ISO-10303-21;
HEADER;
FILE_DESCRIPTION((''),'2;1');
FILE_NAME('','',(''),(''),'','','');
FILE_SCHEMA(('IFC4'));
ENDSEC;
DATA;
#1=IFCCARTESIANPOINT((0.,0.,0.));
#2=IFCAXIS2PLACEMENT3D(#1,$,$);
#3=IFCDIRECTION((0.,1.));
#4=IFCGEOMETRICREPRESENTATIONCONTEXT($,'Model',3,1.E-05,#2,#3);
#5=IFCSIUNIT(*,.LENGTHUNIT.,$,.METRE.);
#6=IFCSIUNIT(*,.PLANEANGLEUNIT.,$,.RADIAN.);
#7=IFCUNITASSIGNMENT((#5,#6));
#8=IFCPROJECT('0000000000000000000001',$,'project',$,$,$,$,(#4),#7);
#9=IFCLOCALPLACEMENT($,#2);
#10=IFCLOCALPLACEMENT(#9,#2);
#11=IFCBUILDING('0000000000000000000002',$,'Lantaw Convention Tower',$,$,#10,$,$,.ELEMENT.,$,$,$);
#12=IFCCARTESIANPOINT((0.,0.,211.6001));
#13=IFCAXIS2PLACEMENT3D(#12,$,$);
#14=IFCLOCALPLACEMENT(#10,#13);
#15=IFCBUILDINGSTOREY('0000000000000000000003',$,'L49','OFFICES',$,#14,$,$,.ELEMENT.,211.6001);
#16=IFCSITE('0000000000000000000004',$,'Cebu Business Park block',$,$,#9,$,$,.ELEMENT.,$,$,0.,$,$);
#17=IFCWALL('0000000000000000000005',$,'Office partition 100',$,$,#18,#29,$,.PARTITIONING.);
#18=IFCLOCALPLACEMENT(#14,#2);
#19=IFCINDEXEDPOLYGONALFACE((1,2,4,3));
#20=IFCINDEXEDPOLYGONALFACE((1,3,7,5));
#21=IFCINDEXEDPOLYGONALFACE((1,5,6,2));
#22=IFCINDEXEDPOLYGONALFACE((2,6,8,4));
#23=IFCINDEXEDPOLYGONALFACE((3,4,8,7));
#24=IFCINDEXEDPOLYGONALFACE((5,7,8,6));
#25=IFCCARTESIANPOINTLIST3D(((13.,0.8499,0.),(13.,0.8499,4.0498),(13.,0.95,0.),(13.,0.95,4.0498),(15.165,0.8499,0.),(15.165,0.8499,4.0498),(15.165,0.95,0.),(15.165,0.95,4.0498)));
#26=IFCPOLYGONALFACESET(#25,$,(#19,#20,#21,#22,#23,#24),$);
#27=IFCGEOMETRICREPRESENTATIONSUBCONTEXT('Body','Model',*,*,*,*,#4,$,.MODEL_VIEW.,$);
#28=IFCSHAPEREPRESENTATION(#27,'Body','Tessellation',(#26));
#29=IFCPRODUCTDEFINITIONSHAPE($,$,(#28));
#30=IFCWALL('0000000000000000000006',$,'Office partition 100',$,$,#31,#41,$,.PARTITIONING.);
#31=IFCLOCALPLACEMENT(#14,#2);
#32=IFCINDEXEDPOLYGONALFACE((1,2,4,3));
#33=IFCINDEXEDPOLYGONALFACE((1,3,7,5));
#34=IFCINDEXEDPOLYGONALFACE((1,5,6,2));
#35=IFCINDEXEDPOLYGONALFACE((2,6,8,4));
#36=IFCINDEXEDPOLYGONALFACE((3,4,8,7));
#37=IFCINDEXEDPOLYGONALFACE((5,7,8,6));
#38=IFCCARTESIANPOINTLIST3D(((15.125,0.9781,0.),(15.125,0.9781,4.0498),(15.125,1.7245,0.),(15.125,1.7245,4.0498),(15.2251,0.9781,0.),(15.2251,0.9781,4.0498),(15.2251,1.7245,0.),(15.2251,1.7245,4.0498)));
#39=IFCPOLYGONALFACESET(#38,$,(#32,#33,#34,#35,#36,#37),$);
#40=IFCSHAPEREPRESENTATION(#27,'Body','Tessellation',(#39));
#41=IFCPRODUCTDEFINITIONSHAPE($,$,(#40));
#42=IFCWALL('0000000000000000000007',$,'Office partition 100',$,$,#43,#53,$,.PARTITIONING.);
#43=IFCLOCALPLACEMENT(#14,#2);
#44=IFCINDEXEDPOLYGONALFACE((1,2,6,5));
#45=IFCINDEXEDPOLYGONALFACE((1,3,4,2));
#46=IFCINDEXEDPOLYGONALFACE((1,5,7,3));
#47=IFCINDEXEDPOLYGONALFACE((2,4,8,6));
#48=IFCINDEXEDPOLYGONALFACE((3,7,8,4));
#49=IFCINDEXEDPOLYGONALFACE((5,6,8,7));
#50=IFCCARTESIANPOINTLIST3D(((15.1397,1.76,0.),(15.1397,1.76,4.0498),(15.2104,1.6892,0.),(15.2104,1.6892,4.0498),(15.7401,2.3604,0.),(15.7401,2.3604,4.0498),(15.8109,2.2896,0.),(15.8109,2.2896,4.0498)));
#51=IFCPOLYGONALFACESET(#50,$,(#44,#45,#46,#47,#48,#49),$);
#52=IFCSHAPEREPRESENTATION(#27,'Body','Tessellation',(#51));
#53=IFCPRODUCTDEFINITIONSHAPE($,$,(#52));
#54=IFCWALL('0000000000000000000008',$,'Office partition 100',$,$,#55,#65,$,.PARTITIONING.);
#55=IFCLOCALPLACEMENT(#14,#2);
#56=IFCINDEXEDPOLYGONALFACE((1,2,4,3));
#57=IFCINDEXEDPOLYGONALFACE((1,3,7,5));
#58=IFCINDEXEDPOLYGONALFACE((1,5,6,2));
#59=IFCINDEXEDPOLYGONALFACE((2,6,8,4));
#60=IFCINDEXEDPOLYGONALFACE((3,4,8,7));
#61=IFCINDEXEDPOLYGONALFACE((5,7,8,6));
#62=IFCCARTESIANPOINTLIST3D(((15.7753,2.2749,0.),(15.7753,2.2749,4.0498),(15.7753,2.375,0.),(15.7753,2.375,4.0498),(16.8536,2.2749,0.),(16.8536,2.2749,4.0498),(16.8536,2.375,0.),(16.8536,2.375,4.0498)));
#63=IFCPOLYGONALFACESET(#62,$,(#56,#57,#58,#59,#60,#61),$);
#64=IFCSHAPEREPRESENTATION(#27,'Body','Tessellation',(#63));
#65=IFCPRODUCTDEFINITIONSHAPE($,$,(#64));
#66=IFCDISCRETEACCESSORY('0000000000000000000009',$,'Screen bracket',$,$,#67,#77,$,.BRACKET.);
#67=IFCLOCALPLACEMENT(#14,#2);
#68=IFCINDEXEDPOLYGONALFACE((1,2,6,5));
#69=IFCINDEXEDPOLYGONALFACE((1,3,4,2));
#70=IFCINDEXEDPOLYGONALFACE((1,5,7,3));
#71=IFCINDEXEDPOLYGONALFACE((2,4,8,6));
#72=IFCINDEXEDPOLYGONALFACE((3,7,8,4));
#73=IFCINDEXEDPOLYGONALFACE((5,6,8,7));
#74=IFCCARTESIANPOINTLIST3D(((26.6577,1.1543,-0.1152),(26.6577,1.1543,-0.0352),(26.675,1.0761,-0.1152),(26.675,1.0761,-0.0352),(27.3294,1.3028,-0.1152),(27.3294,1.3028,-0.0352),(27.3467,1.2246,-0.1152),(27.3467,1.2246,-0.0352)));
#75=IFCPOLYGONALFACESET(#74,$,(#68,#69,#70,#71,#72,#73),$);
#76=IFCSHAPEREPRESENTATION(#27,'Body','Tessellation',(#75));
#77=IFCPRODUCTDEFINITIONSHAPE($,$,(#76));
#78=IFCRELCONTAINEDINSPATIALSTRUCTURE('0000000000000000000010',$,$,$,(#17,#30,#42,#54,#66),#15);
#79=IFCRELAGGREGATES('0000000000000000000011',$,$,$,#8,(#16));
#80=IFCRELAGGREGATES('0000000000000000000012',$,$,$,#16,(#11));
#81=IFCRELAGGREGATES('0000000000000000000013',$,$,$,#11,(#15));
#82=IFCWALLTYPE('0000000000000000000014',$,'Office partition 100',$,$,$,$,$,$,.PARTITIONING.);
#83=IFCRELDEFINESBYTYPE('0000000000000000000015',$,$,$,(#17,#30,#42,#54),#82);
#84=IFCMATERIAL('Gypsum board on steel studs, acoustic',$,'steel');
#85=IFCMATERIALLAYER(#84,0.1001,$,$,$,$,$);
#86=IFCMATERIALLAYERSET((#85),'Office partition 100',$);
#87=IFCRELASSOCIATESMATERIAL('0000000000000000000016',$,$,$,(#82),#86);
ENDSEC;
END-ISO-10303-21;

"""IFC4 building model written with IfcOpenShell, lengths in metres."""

from ifc_helpers import new_model, si_unit, direction, frame, frame_2d, origin, origin_2d, place, context, subcontext, project, spatial, rectangle, extrude, material, layer, layer_set, type_object, element, save


model = new_model("IFC4")

# Units and contexts
model_context = context("Model", 3, precision=1e-05, world=origin(), true_north=direction((0.0, 1.0)))
body_context = subcontext(model_context, "Body", "Model", "MODEL_VIEW")
ifc_project = project(units=[si_unit("LENGTHUNIT", "METRE"), si_unit("PLANEANGLEUNIT", "RADIAN")], contexts=[model_context])

# Site, building, storey
site_placement = place(None, origin())
site = spatial("IfcSite", under=ifc_project, at=site_placement, Name="Cebu Business Park block", CompositionType="ELEMENT", RefElevation=0.0)
building_placement = place(site_placement, origin())
building = spatial("IfcBuilding", under=site, at=building_placement, Name="Lantaw Convention Tower", CompositionType="ELEMENT")
storey_placement = place(building_placement, frame((0.0, 0.0, 211.6001)))
storey = spatial("IfcBuildingStorey", under=building, at=storey_placement, Name="L49", Description="OFFICES", CompositionType="ELEMENT", Elevation=211.6001)

# Walls
ifc_material_1 = material(Name="Gypsum board on steel studs, acoustic", Category="steel")
ifc_layer_1 = layer(ifc_material_1, 0.1001)
ifc_layer_set_1 = layer_set([ifc_layer_1], Name="Office partition 100")
wall_type_1 = type_object("IfcWallType", Name="Office partition 100", PredefinedType="PARTITIONING", material=ifc_layer_set_1)
wall_1_placement = place(storey_placement, frame((15.165, 0.8999, 0.0), z_axis=(0.0, 0.0, 1.0), x_axis=(-1.0, 0.0, 0.0)))
element("IfcWall", 1, at=wall_1_placement, inside=storey, type_object=wall_type_1, Name="Office partition 100", PredefinedType="PARTITIONING", context=body_context, shape_type="SweptSolid", body=[
    extrude(rectangle(XDim=2.165, YDim=0.1001, at=frame_2d((1.0825, 0.0))), origin(), (0.0, 0.0, 1.0), 4.0498),
])
wall_2_placement = place(storey_placement, frame((15.175, 0.9783, 0.0), z_axis=(0.0, 0.0, 1.0), x_axis=(0.0, 1.0, 0.0)))
element("IfcWall", 2, at=wall_2_placement, inside=storey, type_object=wall_type_1, Name="Office partition 100", PredefinedType="PARTITIONING", context=body_context, shape_type="SweptSolid", body=[
    extrude(rectangle(XDim=0.7463, YDim=0.1001, at=frame_2d((0.373, 0.0))), origin(), (0.0, 0.0, 1.0), 4.0498),
])
wall_3_placement = place(storey_placement, frame((15.175, 1.7246, 0.0), z_axis=(0.0, 0.0, 1.0), x_axis=(0.707107, 0.707107, 0.0)))
element("IfcWall", 3, at=wall_3_placement, inside=storey, type_object=wall_type_1, Name="Office partition 100", PredefinedType="PARTITIONING", context=body_context, shape_type="SweptSolid", body=[
    extrude(rectangle(XDim=0.8491, YDim=0.1001, at=frame_2d((0.4246, 0.0))), origin(), (0.0, 0.0, 1.0), 4.0498),
])
wall_4_placement = place(storey_placement, frame((15.7754, 2.325, 0.0), z_axis=(0.0, 0.0, 1.0), x_axis=(1.0, 0.0, 0.0)))
element("IfcWall", 4, at=wall_4_placement, inside=storey, type_object=wall_type_1, Name="Office partition 100", PredefinedType="PARTITIONING", context=body_context, shape_type="SweptSolid", body=[
    extrude(rectangle(XDim=1.0784, YDim=0.1001, at=frame_2d((0.5391, 0.0))), origin(), (0.0, 0.0, 1.0), 4.0498),
])

# Discrete accessory
discrete_accessory_placement = place(storey_placement, frame((27.0022, 1.1895, -0.1152), z_axis=(0.0, 0.0, 1.0), x_axis=(-0.215891, 0.976417, 0.0)))
element("IfcDiscreteAccessory", 5, at=discrete_accessory_placement, inside=storey, Name="Screen bracket", PredefinedType="BRACKET", context=body_context, shape_type="SweptSolid", body=[
    extrude(rectangle(XDim=0.0801, YDim=0.688, at=origin_2d()), origin(), (0.0, 0.0, 1.0), 0.0801),
])

save(model, "model.ifc")
